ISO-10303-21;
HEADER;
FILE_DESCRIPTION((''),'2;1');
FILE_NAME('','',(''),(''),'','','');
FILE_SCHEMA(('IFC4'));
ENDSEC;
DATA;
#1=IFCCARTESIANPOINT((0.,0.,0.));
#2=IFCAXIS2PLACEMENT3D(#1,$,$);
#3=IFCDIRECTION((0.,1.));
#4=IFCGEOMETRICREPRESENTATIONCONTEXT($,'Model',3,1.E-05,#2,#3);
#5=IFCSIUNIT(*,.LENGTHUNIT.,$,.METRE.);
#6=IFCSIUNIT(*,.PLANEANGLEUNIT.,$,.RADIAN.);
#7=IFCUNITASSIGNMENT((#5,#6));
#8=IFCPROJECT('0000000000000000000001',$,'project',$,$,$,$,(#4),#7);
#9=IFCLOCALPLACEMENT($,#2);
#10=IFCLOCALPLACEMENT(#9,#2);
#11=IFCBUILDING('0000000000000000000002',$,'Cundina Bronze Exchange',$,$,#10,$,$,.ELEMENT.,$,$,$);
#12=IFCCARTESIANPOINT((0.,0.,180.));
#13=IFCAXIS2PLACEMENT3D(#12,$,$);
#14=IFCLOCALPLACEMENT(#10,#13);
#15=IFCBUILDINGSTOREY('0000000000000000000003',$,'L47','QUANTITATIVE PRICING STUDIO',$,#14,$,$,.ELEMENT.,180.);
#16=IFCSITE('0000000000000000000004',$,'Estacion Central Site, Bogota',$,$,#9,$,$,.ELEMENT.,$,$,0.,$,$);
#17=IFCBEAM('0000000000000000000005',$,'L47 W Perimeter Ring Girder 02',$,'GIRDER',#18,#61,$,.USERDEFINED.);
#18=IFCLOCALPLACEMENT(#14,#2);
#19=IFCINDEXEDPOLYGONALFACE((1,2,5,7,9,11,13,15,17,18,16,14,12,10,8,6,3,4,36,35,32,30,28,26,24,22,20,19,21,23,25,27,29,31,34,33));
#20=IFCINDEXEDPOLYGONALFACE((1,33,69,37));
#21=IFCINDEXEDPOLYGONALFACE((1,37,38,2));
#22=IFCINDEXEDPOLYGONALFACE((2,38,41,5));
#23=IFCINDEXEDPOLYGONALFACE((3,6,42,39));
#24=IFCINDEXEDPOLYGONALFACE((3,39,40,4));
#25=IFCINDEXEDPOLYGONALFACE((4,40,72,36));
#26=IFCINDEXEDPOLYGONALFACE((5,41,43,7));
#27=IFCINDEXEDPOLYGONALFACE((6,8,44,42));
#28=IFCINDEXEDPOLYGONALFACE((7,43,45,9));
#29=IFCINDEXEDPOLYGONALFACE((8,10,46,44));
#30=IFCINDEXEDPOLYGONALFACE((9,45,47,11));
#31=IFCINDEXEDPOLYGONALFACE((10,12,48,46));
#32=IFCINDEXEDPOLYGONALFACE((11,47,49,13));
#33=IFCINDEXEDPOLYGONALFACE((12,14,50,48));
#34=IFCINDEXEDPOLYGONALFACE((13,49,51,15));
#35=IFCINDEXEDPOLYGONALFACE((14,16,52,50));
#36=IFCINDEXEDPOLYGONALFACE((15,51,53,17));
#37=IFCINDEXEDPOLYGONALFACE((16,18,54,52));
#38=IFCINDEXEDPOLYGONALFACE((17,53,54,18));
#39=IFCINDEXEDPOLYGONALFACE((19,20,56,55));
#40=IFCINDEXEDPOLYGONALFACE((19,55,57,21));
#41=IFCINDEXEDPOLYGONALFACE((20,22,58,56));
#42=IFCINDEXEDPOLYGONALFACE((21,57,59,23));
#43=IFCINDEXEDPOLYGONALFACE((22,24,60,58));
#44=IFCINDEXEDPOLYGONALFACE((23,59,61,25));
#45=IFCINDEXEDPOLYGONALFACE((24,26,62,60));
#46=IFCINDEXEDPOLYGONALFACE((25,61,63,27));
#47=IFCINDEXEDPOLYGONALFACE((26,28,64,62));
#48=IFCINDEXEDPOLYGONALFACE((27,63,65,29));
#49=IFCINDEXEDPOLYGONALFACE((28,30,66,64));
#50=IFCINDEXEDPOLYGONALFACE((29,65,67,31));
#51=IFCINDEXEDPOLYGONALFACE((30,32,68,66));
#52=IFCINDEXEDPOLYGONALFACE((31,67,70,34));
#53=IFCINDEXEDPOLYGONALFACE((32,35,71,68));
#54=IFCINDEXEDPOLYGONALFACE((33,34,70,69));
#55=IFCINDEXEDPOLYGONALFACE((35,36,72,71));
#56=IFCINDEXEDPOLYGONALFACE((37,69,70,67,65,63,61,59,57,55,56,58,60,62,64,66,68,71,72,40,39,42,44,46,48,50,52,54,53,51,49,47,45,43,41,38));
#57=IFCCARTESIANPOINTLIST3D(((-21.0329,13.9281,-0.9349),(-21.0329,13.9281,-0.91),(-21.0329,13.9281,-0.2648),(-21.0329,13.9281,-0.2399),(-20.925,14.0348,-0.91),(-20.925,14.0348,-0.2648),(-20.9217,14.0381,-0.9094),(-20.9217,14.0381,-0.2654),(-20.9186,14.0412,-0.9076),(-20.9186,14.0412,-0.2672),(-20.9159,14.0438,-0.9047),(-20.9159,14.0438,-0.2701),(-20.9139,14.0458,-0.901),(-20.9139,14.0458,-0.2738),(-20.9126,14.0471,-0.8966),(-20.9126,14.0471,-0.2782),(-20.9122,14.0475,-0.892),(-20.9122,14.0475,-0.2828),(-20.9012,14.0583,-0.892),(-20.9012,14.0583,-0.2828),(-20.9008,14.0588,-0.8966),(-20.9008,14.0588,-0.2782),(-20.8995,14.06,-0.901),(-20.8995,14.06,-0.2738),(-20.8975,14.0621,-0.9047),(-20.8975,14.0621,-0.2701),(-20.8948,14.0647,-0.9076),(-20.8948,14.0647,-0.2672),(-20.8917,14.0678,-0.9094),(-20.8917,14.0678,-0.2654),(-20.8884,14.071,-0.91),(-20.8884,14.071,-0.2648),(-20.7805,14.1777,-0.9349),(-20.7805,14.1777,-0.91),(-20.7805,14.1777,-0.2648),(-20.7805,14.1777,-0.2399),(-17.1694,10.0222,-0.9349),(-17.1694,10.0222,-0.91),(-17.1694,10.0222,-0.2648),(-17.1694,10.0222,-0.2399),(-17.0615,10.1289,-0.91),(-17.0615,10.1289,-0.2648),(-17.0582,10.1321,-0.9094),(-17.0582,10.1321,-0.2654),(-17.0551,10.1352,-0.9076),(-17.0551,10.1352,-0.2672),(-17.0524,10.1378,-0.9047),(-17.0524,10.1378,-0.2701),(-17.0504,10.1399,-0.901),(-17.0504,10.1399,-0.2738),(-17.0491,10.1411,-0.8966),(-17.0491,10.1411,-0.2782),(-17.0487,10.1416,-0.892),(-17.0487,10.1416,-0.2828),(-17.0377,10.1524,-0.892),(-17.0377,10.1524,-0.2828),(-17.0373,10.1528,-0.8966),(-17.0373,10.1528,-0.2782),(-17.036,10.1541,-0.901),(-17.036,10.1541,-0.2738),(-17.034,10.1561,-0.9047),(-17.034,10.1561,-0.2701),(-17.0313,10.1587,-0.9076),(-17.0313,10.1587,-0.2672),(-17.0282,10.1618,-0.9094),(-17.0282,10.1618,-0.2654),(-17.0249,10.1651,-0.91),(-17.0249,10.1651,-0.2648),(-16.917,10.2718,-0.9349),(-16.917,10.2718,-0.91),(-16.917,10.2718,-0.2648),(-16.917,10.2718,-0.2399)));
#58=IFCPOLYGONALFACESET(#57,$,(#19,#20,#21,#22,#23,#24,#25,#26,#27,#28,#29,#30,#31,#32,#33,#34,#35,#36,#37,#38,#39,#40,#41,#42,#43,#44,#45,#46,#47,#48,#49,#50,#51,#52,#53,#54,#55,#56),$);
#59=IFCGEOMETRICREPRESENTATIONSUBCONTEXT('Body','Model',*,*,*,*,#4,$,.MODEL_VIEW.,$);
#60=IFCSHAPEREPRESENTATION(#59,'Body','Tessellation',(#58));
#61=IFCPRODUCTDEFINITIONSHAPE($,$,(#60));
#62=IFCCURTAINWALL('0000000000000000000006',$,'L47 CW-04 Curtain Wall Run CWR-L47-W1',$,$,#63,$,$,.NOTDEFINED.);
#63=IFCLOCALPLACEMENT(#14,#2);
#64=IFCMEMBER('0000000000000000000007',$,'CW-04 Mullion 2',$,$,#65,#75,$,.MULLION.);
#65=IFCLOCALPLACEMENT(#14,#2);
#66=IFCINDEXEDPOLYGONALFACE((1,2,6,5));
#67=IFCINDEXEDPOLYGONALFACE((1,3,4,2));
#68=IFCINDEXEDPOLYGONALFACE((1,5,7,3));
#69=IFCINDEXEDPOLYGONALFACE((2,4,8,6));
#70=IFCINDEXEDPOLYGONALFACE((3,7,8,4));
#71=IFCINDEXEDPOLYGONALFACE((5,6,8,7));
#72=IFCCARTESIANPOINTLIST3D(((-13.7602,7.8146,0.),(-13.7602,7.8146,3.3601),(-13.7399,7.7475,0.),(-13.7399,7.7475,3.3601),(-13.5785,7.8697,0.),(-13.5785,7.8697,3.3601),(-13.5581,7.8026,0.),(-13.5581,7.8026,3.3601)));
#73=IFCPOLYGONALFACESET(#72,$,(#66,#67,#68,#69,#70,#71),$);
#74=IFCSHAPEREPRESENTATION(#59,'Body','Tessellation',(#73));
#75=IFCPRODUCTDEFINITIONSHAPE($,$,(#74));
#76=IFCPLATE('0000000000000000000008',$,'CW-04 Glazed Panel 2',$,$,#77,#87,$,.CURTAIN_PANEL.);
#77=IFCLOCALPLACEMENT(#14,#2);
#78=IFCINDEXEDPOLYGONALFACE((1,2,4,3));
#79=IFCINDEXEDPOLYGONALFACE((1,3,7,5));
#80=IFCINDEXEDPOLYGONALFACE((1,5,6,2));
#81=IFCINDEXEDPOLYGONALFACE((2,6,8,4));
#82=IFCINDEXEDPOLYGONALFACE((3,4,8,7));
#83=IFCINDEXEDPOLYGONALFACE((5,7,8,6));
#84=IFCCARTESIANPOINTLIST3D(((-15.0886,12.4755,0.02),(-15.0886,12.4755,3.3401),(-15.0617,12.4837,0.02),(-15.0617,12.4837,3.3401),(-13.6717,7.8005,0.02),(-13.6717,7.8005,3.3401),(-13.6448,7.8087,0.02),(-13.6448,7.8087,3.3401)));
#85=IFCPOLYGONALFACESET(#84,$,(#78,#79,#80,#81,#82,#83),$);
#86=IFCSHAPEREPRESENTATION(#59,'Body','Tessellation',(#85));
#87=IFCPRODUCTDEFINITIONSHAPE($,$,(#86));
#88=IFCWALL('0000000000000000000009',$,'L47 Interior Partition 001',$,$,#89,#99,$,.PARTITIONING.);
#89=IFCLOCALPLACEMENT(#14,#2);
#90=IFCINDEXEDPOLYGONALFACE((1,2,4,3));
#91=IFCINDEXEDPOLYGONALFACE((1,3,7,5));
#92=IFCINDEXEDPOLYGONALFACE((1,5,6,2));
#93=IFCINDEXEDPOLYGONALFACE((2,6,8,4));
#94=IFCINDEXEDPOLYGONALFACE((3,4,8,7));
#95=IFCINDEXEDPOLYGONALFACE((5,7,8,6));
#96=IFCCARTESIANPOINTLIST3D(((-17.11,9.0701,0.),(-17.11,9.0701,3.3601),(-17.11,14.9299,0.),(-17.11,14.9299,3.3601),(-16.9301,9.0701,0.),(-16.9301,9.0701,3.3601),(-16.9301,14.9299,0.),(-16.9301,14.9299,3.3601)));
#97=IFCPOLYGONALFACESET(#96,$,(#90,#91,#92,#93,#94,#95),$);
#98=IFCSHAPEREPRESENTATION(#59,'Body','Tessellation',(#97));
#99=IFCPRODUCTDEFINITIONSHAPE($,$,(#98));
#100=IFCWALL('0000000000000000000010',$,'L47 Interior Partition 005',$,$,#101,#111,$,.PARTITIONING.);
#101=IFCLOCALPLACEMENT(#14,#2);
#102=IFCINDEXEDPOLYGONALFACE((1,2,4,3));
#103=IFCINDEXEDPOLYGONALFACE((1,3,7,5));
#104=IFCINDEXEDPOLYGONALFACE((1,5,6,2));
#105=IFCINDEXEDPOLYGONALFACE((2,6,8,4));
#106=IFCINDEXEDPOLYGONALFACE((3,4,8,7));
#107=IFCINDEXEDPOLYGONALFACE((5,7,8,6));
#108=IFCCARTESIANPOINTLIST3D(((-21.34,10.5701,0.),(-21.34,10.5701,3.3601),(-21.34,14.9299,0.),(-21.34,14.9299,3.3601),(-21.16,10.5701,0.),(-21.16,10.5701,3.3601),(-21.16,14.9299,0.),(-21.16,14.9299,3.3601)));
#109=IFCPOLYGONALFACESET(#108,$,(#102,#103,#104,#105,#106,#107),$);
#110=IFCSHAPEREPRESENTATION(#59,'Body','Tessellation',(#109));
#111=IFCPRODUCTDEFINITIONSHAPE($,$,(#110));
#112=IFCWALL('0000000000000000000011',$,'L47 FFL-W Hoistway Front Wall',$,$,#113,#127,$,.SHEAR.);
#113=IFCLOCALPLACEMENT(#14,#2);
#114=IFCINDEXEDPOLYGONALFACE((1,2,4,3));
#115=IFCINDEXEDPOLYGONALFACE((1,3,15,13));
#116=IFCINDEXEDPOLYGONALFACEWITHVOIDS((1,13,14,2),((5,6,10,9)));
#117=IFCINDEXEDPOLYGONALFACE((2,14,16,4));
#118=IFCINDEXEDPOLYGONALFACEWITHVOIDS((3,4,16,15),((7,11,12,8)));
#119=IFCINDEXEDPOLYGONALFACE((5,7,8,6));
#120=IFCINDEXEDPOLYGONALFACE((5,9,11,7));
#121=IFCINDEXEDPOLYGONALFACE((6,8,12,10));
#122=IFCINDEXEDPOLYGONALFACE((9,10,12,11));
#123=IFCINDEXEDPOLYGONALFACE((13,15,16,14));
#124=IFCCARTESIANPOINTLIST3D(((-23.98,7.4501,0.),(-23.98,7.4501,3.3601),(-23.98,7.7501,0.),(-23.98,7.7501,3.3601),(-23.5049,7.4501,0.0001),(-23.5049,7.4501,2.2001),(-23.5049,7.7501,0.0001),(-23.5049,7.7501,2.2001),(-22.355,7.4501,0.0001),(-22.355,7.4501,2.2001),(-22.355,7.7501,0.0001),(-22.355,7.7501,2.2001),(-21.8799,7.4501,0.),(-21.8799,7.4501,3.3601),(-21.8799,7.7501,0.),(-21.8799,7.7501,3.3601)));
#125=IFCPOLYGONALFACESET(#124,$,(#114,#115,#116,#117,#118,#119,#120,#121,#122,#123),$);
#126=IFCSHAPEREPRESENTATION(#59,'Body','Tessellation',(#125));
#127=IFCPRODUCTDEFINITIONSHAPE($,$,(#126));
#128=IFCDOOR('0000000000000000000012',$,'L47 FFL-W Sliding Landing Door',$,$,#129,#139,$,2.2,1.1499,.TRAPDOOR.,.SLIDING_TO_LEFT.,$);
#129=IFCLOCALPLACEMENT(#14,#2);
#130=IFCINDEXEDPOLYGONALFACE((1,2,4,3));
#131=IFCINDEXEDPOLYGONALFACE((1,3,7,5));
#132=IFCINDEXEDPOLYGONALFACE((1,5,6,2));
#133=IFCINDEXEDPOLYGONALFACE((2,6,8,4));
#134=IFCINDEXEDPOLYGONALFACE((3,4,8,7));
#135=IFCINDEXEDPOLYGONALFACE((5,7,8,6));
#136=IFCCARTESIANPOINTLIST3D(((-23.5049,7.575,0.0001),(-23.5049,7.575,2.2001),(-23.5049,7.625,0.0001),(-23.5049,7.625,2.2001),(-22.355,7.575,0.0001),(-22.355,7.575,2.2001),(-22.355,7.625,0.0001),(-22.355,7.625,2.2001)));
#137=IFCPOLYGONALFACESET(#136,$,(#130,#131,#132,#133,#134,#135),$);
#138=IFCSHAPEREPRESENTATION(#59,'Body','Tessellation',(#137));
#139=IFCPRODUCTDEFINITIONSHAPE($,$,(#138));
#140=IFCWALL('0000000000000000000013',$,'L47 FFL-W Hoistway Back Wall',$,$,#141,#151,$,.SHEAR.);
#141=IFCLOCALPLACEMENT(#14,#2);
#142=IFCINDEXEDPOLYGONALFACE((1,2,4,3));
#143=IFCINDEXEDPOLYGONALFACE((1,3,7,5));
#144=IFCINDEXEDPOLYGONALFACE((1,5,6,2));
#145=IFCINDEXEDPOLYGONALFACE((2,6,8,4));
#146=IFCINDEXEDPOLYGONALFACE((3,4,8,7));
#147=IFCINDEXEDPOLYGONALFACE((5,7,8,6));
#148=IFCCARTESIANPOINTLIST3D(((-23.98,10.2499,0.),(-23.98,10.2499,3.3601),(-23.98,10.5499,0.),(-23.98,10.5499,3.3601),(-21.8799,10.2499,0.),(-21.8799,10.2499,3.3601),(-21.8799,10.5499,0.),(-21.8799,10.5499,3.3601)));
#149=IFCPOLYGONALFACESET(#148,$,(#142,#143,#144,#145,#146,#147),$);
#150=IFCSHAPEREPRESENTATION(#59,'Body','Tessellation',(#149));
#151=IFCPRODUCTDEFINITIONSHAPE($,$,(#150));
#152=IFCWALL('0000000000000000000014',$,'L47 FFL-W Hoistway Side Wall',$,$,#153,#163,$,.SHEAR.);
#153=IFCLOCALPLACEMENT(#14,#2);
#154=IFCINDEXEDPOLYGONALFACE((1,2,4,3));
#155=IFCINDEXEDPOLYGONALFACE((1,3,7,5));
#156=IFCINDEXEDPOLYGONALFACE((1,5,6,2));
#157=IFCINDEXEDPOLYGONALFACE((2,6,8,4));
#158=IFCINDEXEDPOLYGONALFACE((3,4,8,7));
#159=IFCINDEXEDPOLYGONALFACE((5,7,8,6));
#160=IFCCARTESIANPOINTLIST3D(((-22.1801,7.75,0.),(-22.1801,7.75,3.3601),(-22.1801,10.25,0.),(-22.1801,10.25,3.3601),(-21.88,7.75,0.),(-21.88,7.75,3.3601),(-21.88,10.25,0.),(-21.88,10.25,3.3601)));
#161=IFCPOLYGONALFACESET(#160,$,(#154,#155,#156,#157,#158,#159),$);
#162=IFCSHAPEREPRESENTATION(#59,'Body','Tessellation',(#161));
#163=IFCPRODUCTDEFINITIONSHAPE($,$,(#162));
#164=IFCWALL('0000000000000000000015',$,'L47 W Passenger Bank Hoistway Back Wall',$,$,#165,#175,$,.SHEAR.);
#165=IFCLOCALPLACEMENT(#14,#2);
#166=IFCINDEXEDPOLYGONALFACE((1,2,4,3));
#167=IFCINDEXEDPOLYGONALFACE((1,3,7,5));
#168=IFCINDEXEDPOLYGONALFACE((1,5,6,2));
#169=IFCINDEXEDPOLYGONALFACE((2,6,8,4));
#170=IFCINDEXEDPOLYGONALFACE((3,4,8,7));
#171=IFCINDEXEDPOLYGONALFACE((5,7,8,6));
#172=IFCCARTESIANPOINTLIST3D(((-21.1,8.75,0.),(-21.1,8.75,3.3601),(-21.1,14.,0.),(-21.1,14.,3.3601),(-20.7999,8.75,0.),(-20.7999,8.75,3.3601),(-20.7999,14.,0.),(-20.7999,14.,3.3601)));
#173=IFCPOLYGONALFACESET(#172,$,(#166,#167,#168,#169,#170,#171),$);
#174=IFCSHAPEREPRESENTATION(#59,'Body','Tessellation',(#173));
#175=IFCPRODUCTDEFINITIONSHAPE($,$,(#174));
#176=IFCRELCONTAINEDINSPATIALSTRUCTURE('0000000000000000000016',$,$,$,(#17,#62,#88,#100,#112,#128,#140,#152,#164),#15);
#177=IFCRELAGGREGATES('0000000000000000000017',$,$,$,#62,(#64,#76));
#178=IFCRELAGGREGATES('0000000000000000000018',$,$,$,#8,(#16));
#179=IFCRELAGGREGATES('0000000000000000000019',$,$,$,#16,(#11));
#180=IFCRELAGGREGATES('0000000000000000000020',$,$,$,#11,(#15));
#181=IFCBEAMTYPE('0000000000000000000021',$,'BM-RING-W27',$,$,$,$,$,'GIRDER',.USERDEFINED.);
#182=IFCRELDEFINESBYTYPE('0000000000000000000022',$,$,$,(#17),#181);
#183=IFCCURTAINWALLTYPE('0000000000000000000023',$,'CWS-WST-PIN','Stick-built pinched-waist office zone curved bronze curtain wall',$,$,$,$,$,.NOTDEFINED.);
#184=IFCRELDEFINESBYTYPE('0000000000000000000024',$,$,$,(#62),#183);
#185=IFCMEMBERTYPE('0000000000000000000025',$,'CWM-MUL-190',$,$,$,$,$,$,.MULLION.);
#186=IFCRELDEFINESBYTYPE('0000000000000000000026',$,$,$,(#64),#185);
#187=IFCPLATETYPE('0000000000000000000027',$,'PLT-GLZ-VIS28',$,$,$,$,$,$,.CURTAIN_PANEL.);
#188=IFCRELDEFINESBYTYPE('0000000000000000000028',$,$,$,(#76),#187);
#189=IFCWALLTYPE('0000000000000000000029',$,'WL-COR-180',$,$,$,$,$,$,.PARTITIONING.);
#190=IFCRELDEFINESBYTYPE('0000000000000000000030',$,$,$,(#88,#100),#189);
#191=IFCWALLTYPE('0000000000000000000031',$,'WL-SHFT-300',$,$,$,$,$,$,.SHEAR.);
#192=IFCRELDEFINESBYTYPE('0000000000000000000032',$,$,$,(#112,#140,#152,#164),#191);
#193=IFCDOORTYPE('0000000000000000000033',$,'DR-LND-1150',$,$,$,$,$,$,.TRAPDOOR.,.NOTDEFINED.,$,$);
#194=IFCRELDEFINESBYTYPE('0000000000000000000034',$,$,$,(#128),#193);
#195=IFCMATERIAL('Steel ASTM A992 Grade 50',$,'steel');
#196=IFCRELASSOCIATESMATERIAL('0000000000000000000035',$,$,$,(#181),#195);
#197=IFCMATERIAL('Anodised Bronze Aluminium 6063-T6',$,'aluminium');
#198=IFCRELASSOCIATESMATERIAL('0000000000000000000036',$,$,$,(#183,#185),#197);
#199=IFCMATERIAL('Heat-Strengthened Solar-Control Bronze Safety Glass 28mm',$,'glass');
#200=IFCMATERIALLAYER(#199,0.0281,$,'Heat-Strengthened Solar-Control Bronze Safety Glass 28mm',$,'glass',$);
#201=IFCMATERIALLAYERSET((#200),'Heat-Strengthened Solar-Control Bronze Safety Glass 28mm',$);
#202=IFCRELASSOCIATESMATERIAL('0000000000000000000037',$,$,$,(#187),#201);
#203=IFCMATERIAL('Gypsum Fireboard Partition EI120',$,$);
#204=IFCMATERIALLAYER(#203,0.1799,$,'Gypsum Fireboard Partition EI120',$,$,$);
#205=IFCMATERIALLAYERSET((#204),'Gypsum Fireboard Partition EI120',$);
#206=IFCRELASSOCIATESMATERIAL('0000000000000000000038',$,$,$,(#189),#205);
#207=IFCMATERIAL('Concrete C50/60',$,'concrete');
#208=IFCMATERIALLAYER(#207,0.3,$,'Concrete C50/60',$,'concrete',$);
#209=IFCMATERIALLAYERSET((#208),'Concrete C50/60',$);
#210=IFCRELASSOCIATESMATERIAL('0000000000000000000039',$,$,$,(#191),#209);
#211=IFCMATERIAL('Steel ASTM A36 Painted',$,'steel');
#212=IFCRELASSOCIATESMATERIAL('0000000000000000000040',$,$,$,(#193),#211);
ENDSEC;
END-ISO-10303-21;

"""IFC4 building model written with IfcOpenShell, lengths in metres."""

from ifc_helpers import new_model, si_unit, direction, frame, frame_2d, origin, origin_2d, place, context, subcontext, project, spatial, rectangle, i_section, extrude, material, layer, layer_set, material_profile, profile_set, type_object, element, fill, aggregate, save


model = new_model("IFC4")

# Units and contexts
model_context = context("Model", 3, precision=1e-05, world=origin(), true_north=direction((0.0, 1.0)))
body_context = subcontext(model_context, "Body", "Model", "MODEL_VIEW")
ifc_project = project(units=[si_unit("LENGTHUNIT", "METRE"), si_unit("PLANEANGLEUNIT", "RADIAN")], contexts=[model_context])

# Site, building, storey
site_placement = place(None, origin())
site = spatial("IfcSite", under=ifc_project, at=site_placement, Name="Estacion Central Site, Bogota", CompositionType="ELEMENT", RefElevation=0.0)
building_placement = place(site_placement, origin())
building = spatial("IfcBuilding", under=site, at=building_placement, Name="Cundina Bronze Exchange", CompositionType="ELEMENT")
storey_placement = place(building_placement, frame((0.0, 0.0, 180.0)))
storey = spatial("IfcBuildingStorey", under=building, at=storey_placement, Name="L47", Description="QUANTITATIVE PRICING STUDIO", CompositionType="ELEMENT", Elevation=180.0)

# Shared definitions
ifc_material_1 = material(Name="Concrete C50/60", Category="concrete")

# Beam
ifc_material_2 = material(Name="Steel ASTM A992 Grade 50", Category="steel")
ifc_material_profile_1 = material_profile(ifc_material_2, i_section(OverallWidth=0.355, OverallDepth=0.6951, WebThickness=0.0154, FlangeThickness=0.0249, FilletRadius=0.0181, at=origin_2d()), Name="W27X146", Category="steel")
ifc_profile_set_1 = profile_set([ifc_material_profile_1], Name="Steel ASTM A992 Grade 50")
beam_type_1 = type_object("IfcBeamType", Name="BM-RING-W27", ElementType="GIRDER", PredefinedType="USERDEFINED", material=ifc_profile_set_1)
beam_1_placement = place(storey_placement, frame((-17.0432, 10.147, -0.5874), z_axis=(-0.70323, 0.710962, 0.0), x_axis=(-0.710962, -0.70323, 0.0)))
element("IfcBeam", 1, at=beam_1_placement, inside=storey, type_object=beam_type_1, Name="L47 W Perimeter Ring Girder 02", ObjectType="GIRDER", PredefinedType="USERDEFINED", context=body_context, shape_type="SweptSolid", body=[
    extrude(i_section(OverallWidth=0.355, OverallDepth=0.6951, WebThickness=0.0154, FlangeThickness=0.0249, FilletRadius=0.0181, at=origin_2d()), origin(), (0.0, 0.0, 1.0), 5.4939),
])

# Curtain wall, member, plate
ifc_material_3 = material(Name="Anodised Bronze Aluminium 6063-T6", Category="aluminium")
curtain_wall_type = type_object("IfcCurtainWallType", Name="CWS-WST-PIN", Description="Stick-built pinched-waist office zone curved bronze curtain wall", PredefinedType="NOTDEFINED", material=ifc_material_3)
curtain_wall_placement = place(storey_placement, origin())
curtain_wall = element("IfcCurtainWall", 2, at=curtain_wall_placement, inside=storey, type_object=curtain_wall_type, Name="L47 CW-04 Curtain Wall Run CWR-L47-W1", PredefinedType="NOTDEFINED")
ifc_material_profile_2 = material_profile(ifc_material_3, rectangle(XDim=0.0701, YDim=0.1899, at=origin_2d()), Name="AL70X190", Category="aluminium")
ifc_profile_set_2 = profile_set([ifc_material_profile_2], Name="Anodised Bronze Aluminium 6063-T6")
member_type = type_object("IfcMemberType", Name="CWM-MUL-190", PredefinedType="MULLION", material=ifc_profile_set_2)
member_placement = place(storey_placement, frame((-13.6592, 7.8086, 0.0), z_axis=(0.0, 0.0, 1.0), x_axis=(-0.290034, 0.957016, 0.0)))
member = element("IfcMember", 3, at=member_placement, type_object=member_type, Name="CW-04 Mullion 2", PredefinedType="MULLION", context=body_context, shape_type="SweptSolid", body=[
    extrude(rectangle(XDim=0.0701, YDim=0.1899, at=origin_2d()), origin(), (0.0, 0.0, 1.0), 3.3601),
])
ifc_material_4 = material(Name="Heat-Strengthened Solar-Control Bronze Safety Glass 28mm", Category="glass")
ifc_layer_1 = layer(ifc_material_4, 0.0281, Name="Heat-Strengthened Solar-Control Bronze Safety Glass 28mm", Category="glass")
ifc_layer_set_1 = layer_set([ifc_layer_1], Name="Heat-Strengthened Solar-Control Bronze Safety Glass 28mm")
plate_type = type_object("IfcPlateType", Name="PLT-GLZ-VIS28", PredefinedType="CURTAIN_PANEL", material=ifc_layer_set_1)
plate_placement = place(storey_placement, frame((-14.3667, 10.1421, 0.02), z_axis=(0.0, 0.0, 1.0), x_axis=(-0.290051, 0.957011, 0.0)))
plate = element("IfcPlate", 4, at=plate_placement, type_object=plate_type, Name="CW-04 Glazed Panel 2", PredefinedType="CURTAIN_PANEL", context=body_context, shape_type="SweptSolid", body=[
    extrude(rectangle(XDim=4.885, YDim=0.0281, at=origin_2d()), origin(), (0.0, 0.0, 1.0), 3.3201),
])
aggregate(curtain_wall, [member, plate])

# Walls
ifc_material_5 = material(Name="Gypsum Fireboard Partition EI120")
ifc_layer_2 = layer(ifc_material_5, 0.1799, Name="Gypsum Fireboard Partition EI120")
ifc_layer_set_2 = layer_set([ifc_layer_2], Name="Gypsum Fireboard Partition EI120")
wall_type_1 = type_object("IfcWallType", Name="WL-COR-180", PredefinedType="PARTITIONING", material=ifc_layer_set_2)
wall_1_placement = place(storey_placement, frame((-17.02, 9.0701, 0.0), z_axis=(0.0, 0.0, 1.0), x_axis=(0.0, 1.0, 0.0)))
element("IfcWall", 5, at=wall_1_placement, inside=storey, type_object=wall_type_1, Name="L47 Interior Partition 001", PredefinedType="PARTITIONING", context=body_context, shape_type="SweptSolid", body=[
    extrude(rectangle(XDim=5.8599, YDim=0.1799, at=frame_2d((2.9299, 0.0))), origin(), (0.0, 0.0, 1.0), 3.3601),
])
wall_2_placement = place(storey_placement, frame((-21.25, 10.5701, 0.0), z_axis=(0.0, 0.0, 1.0), x_axis=(0.0, 1.0, 0.0)))
element("IfcWall", 6, at=wall_2_placement, inside=storey, type_object=wall_type_1, Name="L47 Interior Partition 005", PredefinedType="PARTITIONING", context=body_context, shape_type="SweptSolid", body=[
    extrude(rectangle(XDim=4.3599, YDim=0.1799, at=frame_2d((2.1799, 0.0))), origin(), (0.0, 0.0, 1.0), 3.3601),
])

# Wall, opening, door
ifc_layer_3 = layer(ifc_material_1, 0.3, Name="Concrete C50/60", Category="concrete")
ifc_layer_set_3 = layer_set([ifc_layer_3], Name="Concrete C50/60")
wall_type_2 = type_object("IfcWallType", Name="WL-SHFT-300", PredefinedType="SHEAR", material=ifc_layer_set_3)
wall_3_placement = place(storey_placement, frame((-23.98, 7.6001, 0.0), z_axis=(0.0, 0.0, 1.0), x_axis=(1.0, 0.0, 0.0)))
wall_3 = element("IfcWall", 7, at=wall_3_placement, inside=storey, type_object=wall_type_2, Name="L47 FFL-W Hoistway Front Wall", PredefinedType="SHEAR", context=body_context, shape_type="SweptSolid", body=[
    extrude(rectangle(XDim=2.1001, YDim=0.3, at=frame_2d((1.05, 0.0))), origin(), (0.0, 0.0, 1.0), 3.3601),
])
opening_1_placement = place(wall_3_placement, frame((0.4751, 0.0, 0.0)))
opening_1 = element("IfcOpeningElement", 8, at=opening_1_placement, cuts=wall_3, PredefinedType="OPENING", context=body_context, shape_type="SweptSolid", body=[
    extrude(rectangle(XDim=1.1499, YDim=2.2, at=frame_2d((0.575, 1.1001))), frame((0.0, 0.1599, 0.0), z_axis=(0.0, -1.0, 0.0), x_axis=(1.0, 0.0, 0.0)), (0.0, 0.0, 1.0), 0.3201),
])
ifc_material_6 = material(Name="Steel ASTM A36 Painted", Category="steel")
door_type = type_object("IfcDoorType", Name="DR-LND-1150", OperationType="NOTDEFINED", PredefinedType="TRAPDOOR", material=ifc_material_6)
door_1_placement = place(opening_1_placement, origin())
door_1 = element("IfcDoor", 9, at=door_1_placement, inside=storey, type_object=door_type, Name="L47 FFL-W Sliding Landing Door", OperationType="SLIDING_TO_LEFT", OverallHeight=2.2, OverallWidth=1.1499, PredefinedType="TRAPDOOR", context=body_context, shape_type="SweptSolid", body=[
    extrude(rectangle(XDim=1.1499, YDim=2.2, at=frame_2d((0.575, 1.1001))), frame((0.0, 0.0249, 0.0), z_axis=(0.0, -1.0, 0.0), x_axis=(1.0, 0.0, 0.0)), (0.0, 0.0, 1.0), 0.05),
])
fill(opening_1, door_1)

# Walls
wall_4_placement = place(storey_placement, frame((-23.98, 10.3999, 0.0), z_axis=(0.0, 0.0, 1.0), x_axis=(1.0, 0.0, 0.0)))
element("IfcWall", 10, at=wall_4_placement, inside=storey, type_object=wall_type_2, Name="L47 FFL-W Hoistway Back Wall", PredefinedType="SHEAR", context=body_context, shape_type="SweptSolid", body=[
    extrude(rectangle(XDim=2.1001, YDim=0.3, at=frame_2d((1.05, 0.0))), origin(), (0.0, 0.0, 1.0), 3.3601),
])
wall_5_placement = place(storey_placement, frame((-22.03, 7.75, 0.0), z_axis=(0.0, 0.0, 1.0), x_axis=(0.0, 1.0, 0.0)))
element("IfcWall", 11, at=wall_5_placement, inside=storey, type_object=wall_type_2, Name="L47 FFL-W Hoistway Side Wall", PredefinedType="SHEAR", context=body_context, shape_type="SweptSolid", body=[
    extrude(rectangle(XDim=2.5, YDim=0.3, at=frame_2d((1.25, 0.0))), origin(), (0.0, 0.0, 1.0), 3.3601),
])
wall_6_placement = place(storey_placement, frame((-20.95, 8.75, 0.0), z_axis=(0.0, 0.0, 1.0), x_axis=(0.0, 1.0, 0.0)))
element("IfcWall", 12, at=wall_6_placement, inside=storey, type_object=wall_type_2, Name="L47 W Passenger Bank Hoistway Back Wall", PredefinedType="SHEAR", context=body_context, shape_type="SweptSolid", body=[
    extrude(rectangle(XDim=5.25, YDim=0.3, at=frame_2d((2.625, 0.0))), origin(), (0.0, 0.0, 1.0), 3.3601),
])

save(model, "model.ifc")
